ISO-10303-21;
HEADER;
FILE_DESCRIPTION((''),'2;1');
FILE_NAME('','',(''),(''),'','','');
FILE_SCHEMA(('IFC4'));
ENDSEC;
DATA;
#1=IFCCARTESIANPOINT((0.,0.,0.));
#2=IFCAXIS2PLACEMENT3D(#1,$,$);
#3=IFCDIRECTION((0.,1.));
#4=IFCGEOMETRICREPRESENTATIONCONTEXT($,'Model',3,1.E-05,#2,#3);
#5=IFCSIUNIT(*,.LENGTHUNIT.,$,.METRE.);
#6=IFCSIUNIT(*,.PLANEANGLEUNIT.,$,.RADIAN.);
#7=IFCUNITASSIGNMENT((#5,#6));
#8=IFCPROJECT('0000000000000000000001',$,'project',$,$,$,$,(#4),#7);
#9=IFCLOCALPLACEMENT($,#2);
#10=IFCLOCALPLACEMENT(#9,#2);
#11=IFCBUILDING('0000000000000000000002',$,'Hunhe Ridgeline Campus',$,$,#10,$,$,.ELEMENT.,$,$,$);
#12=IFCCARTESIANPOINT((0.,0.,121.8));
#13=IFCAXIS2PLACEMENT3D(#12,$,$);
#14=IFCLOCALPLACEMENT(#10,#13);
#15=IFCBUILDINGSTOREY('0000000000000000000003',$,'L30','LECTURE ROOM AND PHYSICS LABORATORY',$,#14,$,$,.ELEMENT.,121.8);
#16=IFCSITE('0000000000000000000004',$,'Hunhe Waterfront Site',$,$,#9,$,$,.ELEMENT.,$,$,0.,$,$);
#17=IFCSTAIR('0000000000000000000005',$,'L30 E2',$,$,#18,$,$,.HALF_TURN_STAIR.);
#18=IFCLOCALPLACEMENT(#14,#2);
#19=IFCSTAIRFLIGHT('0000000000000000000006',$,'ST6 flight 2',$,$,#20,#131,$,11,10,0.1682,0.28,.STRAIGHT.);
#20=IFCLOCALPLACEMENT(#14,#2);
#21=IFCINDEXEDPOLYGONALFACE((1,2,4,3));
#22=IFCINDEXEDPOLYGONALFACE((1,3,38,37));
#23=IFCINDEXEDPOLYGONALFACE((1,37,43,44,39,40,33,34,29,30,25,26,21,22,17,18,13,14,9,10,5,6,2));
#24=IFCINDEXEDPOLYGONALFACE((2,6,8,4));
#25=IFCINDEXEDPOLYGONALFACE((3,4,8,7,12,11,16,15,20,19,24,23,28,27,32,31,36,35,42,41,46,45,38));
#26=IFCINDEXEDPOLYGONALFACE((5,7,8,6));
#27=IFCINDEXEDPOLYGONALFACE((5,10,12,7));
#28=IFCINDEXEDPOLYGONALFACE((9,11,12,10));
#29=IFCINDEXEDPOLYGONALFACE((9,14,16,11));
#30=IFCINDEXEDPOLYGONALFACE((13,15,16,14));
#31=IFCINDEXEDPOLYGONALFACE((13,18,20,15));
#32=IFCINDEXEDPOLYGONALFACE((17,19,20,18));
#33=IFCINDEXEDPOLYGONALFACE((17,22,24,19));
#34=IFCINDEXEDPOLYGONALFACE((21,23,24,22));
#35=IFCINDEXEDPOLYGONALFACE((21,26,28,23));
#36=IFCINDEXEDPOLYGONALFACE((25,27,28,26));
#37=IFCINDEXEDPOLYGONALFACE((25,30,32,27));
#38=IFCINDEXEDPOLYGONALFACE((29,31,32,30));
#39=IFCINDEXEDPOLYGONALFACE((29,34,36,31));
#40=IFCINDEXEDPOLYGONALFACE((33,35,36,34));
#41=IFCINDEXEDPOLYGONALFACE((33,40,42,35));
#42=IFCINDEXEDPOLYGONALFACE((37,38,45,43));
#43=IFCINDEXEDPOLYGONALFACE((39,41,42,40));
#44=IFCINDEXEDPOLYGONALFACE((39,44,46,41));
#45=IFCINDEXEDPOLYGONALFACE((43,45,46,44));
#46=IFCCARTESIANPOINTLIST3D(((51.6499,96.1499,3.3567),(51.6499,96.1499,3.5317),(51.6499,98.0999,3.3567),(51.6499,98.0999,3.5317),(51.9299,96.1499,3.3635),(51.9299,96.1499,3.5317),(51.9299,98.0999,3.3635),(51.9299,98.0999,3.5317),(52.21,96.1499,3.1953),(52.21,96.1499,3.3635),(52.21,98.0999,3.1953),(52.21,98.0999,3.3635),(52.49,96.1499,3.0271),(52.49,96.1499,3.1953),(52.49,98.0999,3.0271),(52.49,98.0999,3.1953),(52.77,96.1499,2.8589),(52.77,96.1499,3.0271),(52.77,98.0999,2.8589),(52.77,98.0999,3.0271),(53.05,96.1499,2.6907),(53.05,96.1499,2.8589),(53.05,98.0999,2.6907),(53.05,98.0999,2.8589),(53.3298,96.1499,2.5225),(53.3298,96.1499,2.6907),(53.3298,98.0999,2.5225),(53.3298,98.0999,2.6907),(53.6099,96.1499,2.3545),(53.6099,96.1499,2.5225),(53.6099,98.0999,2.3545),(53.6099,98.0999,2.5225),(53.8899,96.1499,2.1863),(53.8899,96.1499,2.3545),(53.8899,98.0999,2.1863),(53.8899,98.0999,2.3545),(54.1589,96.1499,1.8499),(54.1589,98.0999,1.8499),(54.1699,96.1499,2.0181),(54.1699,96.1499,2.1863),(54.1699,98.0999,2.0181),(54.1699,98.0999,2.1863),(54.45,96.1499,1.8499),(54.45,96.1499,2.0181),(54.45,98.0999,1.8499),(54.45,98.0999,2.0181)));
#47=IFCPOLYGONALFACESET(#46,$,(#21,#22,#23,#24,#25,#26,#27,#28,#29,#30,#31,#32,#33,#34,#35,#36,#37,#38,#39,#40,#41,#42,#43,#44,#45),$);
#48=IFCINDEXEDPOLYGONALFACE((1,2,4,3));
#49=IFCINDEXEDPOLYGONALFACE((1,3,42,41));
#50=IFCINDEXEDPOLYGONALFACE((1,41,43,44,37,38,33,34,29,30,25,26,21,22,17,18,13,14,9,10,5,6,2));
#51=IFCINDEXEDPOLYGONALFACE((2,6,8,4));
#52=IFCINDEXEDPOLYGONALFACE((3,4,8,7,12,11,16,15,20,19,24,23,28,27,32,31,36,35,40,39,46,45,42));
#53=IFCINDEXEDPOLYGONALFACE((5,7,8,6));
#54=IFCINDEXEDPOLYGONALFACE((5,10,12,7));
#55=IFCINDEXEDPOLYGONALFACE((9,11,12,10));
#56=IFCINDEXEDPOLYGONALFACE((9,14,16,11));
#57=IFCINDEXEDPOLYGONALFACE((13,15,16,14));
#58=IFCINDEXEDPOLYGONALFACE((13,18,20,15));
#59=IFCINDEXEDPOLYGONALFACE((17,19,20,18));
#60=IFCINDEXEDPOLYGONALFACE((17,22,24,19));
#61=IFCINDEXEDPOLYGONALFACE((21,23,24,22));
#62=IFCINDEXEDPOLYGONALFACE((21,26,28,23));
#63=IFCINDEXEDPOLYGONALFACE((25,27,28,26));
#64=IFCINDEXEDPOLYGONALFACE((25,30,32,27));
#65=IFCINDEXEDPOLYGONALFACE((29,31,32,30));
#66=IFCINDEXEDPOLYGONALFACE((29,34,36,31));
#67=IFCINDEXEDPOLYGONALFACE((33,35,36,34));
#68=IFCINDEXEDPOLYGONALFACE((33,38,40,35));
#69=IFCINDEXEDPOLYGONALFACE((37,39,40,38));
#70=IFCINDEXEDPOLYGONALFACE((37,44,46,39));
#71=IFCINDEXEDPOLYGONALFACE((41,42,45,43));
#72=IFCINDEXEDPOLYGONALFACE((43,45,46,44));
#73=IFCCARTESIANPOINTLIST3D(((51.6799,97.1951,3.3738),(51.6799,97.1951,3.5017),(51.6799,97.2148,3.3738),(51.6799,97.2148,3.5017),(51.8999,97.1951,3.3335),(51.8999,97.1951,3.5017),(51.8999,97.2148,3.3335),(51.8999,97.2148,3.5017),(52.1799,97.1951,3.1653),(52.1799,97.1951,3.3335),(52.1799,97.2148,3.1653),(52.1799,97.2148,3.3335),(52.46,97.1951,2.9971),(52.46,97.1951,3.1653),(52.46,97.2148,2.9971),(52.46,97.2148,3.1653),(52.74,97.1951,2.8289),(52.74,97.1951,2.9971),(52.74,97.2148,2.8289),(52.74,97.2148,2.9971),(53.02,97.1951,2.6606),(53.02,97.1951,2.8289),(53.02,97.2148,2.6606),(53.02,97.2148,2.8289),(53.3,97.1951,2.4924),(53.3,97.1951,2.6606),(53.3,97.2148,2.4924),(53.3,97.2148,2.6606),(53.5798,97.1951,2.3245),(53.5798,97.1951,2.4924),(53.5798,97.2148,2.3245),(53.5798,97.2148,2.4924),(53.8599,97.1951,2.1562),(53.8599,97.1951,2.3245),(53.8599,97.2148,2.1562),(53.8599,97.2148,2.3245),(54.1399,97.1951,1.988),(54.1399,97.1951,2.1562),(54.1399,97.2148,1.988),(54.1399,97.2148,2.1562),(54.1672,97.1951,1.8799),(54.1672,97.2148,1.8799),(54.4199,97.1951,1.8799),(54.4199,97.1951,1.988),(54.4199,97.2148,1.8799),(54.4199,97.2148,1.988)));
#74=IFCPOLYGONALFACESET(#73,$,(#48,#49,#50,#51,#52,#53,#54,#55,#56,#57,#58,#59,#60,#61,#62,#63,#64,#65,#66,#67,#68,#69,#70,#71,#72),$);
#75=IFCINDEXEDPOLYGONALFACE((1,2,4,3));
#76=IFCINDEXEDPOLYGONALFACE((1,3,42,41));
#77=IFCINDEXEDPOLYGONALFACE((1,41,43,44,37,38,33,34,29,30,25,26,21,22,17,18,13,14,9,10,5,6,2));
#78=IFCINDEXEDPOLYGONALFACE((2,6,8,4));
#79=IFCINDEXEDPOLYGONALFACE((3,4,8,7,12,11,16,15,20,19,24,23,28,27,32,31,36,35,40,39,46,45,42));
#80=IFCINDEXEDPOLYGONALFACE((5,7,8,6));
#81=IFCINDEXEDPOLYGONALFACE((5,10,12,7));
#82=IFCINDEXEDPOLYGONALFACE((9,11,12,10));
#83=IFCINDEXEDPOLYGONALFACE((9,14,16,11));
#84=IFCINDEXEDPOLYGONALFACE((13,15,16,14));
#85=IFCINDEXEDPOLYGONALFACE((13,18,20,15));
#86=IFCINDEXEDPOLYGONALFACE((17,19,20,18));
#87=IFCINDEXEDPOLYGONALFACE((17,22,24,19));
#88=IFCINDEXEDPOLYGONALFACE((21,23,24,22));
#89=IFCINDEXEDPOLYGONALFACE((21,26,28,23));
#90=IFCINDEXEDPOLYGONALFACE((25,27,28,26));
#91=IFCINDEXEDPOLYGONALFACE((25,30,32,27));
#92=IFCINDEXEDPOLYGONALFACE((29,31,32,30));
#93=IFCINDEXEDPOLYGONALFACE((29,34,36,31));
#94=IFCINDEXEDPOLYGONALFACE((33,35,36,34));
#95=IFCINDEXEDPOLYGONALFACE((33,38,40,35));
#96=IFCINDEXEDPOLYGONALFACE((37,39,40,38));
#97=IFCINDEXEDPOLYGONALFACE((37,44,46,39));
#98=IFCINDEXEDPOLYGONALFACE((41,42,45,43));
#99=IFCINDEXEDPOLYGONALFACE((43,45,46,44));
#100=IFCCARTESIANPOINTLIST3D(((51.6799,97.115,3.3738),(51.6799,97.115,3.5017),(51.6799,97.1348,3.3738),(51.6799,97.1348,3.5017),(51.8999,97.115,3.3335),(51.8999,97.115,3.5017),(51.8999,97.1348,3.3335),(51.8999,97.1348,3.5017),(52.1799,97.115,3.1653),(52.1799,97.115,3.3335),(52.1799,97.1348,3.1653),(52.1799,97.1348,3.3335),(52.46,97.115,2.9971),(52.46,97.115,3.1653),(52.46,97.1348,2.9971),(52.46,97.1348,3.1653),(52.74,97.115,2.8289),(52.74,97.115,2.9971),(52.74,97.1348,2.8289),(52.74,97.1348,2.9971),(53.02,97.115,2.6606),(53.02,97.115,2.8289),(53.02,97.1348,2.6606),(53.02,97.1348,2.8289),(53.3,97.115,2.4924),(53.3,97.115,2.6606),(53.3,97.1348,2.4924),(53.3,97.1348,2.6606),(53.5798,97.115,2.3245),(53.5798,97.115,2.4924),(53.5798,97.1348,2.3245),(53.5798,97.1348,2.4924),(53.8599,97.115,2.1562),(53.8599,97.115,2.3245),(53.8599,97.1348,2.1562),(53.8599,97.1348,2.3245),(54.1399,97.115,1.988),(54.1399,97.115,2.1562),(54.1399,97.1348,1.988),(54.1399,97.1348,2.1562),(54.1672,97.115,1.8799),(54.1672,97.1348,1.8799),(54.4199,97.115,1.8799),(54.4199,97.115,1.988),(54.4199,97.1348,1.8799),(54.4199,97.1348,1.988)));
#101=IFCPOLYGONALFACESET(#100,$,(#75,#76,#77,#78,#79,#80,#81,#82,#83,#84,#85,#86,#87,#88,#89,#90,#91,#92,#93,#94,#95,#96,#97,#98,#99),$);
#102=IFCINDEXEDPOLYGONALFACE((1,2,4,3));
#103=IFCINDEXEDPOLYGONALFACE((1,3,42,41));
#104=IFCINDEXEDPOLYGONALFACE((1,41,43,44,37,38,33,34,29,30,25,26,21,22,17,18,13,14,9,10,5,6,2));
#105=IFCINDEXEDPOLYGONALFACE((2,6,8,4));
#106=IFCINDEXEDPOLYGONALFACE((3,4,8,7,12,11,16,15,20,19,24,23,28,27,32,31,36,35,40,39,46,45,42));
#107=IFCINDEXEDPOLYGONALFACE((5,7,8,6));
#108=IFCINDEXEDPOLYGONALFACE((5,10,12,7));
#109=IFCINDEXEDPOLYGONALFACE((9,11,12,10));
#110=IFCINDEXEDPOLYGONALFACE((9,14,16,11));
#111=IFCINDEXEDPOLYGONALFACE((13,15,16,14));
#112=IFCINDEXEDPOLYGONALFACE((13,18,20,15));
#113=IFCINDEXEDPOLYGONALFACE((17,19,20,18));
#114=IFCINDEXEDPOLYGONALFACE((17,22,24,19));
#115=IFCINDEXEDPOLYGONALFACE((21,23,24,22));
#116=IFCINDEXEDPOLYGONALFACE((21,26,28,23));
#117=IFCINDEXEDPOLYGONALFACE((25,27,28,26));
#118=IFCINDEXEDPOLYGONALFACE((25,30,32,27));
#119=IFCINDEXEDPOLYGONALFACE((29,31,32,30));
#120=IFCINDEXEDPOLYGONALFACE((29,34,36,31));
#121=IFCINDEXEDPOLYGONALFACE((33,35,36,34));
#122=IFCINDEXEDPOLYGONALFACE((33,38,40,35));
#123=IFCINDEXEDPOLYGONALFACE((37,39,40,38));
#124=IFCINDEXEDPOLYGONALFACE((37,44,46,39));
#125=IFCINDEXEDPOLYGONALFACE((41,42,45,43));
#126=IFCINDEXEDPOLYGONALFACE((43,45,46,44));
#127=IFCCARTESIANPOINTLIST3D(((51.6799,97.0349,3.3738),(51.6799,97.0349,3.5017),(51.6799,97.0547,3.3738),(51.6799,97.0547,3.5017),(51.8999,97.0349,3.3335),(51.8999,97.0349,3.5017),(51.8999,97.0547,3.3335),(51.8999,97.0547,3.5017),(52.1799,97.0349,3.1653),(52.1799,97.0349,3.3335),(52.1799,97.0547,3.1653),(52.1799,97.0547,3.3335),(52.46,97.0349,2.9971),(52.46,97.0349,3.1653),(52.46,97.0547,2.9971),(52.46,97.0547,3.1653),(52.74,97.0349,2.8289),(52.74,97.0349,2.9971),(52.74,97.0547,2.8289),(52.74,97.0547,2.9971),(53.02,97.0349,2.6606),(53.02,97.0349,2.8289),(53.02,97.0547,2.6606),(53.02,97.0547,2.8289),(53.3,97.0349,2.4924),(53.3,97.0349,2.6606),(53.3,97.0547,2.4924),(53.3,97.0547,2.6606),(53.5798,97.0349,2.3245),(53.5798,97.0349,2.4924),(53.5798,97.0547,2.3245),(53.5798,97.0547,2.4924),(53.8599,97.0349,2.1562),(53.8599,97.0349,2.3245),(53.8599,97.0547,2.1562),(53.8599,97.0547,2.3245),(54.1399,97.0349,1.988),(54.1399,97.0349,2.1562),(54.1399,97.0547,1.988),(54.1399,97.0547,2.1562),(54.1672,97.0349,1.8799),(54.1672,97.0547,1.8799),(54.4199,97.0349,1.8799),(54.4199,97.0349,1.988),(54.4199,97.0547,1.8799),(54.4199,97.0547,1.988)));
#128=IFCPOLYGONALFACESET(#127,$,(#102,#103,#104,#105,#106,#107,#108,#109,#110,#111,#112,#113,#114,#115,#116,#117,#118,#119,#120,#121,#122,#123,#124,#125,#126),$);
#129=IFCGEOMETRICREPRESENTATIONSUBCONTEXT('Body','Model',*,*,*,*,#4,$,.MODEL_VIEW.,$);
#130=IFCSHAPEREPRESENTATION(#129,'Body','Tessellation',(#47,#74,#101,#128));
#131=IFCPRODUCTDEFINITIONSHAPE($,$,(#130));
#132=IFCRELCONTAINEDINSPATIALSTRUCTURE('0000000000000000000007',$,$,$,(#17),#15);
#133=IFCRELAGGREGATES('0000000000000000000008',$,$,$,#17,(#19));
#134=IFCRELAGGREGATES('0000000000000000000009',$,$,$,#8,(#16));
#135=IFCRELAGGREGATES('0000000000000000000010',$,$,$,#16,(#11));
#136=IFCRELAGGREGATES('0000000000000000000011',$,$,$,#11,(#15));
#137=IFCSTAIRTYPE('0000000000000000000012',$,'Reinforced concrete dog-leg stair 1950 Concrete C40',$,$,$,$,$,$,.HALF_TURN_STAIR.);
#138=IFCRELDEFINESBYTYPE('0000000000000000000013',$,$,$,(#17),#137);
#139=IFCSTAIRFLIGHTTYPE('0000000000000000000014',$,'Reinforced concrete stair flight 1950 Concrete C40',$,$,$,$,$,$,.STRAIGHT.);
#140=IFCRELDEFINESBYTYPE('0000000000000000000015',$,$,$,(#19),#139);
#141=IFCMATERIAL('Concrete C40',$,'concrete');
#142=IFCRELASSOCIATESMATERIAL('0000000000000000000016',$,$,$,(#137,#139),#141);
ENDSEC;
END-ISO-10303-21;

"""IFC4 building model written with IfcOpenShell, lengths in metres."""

from ifc_helpers import new_model, si_unit, direction, frame, origin, place, context, subcontext, project, spatial, polyline, outline, extrude, material, type_object, element, aggregate, save


model = new_model("IFC4")

# Units and contexts
model_context = context("Model", 3, precision=1e-05, world=origin(), true_north=direction((0.0, 1.0)))
body_context = subcontext(model_context, "Body", "Model", "MODEL_VIEW")
ifc_project = project(units=[si_unit("LENGTHUNIT", "METRE"), si_unit("PLANEANGLEUNIT", "RADIAN")], contexts=[model_context])

# Site, building, storey
site_placement = place(None, origin())
site = spatial("IfcSite", under=ifc_project, at=site_placement, Name="Hunhe Waterfront Site", CompositionType="ELEMENT", RefElevation=0.0)
building_placement = place(site_placement, origin())
building = spatial("IfcBuilding", under=site, at=building_placement, Name="Hunhe Ridgeline Campus", CompositionType="ELEMENT")
storey_placement = place(building_placement, frame((0.0, 0.0, 121.8)))
storey = spatial("IfcBuildingStorey", under=building, at=storey_placement, Name="L30", Description="LECTURE ROOM AND PHYSICS LABORATORY", CompositionType="ELEMENT", Elevation=121.8)

# Stair, stair flight
ifc_material_1 = material(Name="Concrete C40", Category="concrete")
stair_type = type_object("IfcStairType", Name="Reinforced concrete dog-leg stair 1950 Concrete C40", PredefinedType="HALF_TURN_STAIR", material=ifc_material_1)
stair_1_placement = place(storey_placement, origin())
stair_1 = element("IfcStair", 1, at=stair_1_placement, inside=storey, type_object=stair_type, Name="L30 E2", PredefinedType="HALF_TURN_STAIR")
stair_flight_type = type_object("IfcStairFlightType", Name="Reinforced concrete stair flight 1950 Concrete C40", PredefinedType="STRAIGHT", material=ifc_material_1)
stair_flight_1_placement = place(storey_placement, frame((54.45, 97.125, 1.8499), z_axis=(0.0, 0.0, 1.0), x_axis=(-1.0, 0.0, 0.0)))
stair_flight_1 = element("IfcStairFlight", 2, at=stair_flight_1_placement, type_object=stair_flight_type, Name="ST6 flight 2", NumberOfRisers=11, NumberOfTreads=10, PredefinedType="STRAIGHT", RiserHeight=0.1682, TreadLength=0.28, context=body_context, shape_type="SweptSolid", body=[
    extrude(outline(polyline([(0.0, 0.0), (0.0, 0.1682), (0.28, 0.1682), (0.28, 0.3364), (0.5601, 0.3364), (0.5601, 0.5046), (0.8401, 0.5046), (0.8401, 0.6726), (1.1201, 0.6726), (1.1201, 0.8408), (1.3999, 0.8408), (1.3999, 1.009), (1.6799, 1.009), (1.6799, 1.1772), (1.96, 1.1772), (1.96, 1.3455), (2.24, 1.3455), (2.24, 1.5137), (2.52, 1.5137), (2.52, 1.6819), (2.8, 1.6819), (2.8, 1.8501), (2.8, 1.5068), (0.291, 0.0), (0.0, 0.0)])), frame((0.0, 0.9751, 0.0), z_axis=(0.0, -1.0, 0.0), x_axis=(1.0, 0.0, 0.0)), (0.0, 0.0, 1.0), 1.95),
    extrude(outline(polyline([(0.03, 0.03), (0.03, 0.1382), (0.3101, 0.1382), (0.3101, 0.3064), (0.5901, 0.3064), (0.5901, 0.4746), (0.8701, 0.4746), (0.8701, 0.6426), (1.1499, 0.6426), (1.1499, 0.8108), (1.4299, 0.8108), (1.4299, 0.979), (1.71, 0.979), (1.71, 1.1472), (1.99, 1.1472), (1.99, 1.3154), (2.27, 1.3154), (2.27, 1.4836), (2.55, 1.4836), (2.55, 1.6519), (2.77, 1.6519), (2.77, 1.5239), (0.2827, 0.03), (0.03, 0.03)])), frame((0.0, -0.0701, 0.0), z_axis=(0.0, -1.0, 0.0), x_axis=(1.0, 0.0, 0.0)), (0.0, 0.0, 1.0), 0.0198),
    extrude(outline(polyline([(0.03, 0.03), (0.03, 0.1382), (0.3101, 0.1382), (0.3101, 0.3064), (0.5901, 0.3064), (0.5901, 0.4746), (0.8701, 0.4746), (0.8701, 0.6426), (1.1499, 0.6426), (1.1499, 0.8108), (1.4299, 0.8108), (1.4299, 0.979), (1.71, 0.979), (1.71, 1.1472), (1.99, 1.1472), (1.99, 1.3154), (2.27, 1.3154), (2.27, 1.4836), (2.55, 1.4836), (2.55, 1.6519), (2.77, 1.6519), (2.77, 1.5239), (0.2827, 0.03), (0.03, 0.03)])), frame((0.0, 0.01, 0.0), z_axis=(0.0, -1.0, 0.0), x_axis=(1.0, 0.0, 0.0)), (0.0, 0.0, 1.0), 0.0198),
    extrude(outline(polyline([(0.03, 0.03), (0.03, 0.1382), (0.3101, 0.1382), (0.3101, 0.3064), (0.5901, 0.3064), (0.5901, 0.4746), (0.8701, 0.4746), (0.8701, 0.6426), (1.1499, 0.6426), (1.1499, 0.8108), (1.4299, 0.8108), (1.4299, 0.979), (1.71, 0.979), (1.71, 1.1472), (1.99, 1.1472), (1.99, 1.3154), (2.27, 1.3154), (2.27, 1.4836), (2.55, 1.4836), (2.55, 1.6519), (2.77, 1.6519), (2.77, 1.5239), (0.2827, 0.03), (0.03, 0.03)])), frame((0.0, 0.0901, 0.0), z_axis=(0.0, -1.0, 0.0), x_axis=(1.0, 0.0, 0.0)), (0.0, 0.0, 1.0), 0.0198),
])
aggregate(stair_1, [stair_flight_1])

save(model, "model.ifc")
